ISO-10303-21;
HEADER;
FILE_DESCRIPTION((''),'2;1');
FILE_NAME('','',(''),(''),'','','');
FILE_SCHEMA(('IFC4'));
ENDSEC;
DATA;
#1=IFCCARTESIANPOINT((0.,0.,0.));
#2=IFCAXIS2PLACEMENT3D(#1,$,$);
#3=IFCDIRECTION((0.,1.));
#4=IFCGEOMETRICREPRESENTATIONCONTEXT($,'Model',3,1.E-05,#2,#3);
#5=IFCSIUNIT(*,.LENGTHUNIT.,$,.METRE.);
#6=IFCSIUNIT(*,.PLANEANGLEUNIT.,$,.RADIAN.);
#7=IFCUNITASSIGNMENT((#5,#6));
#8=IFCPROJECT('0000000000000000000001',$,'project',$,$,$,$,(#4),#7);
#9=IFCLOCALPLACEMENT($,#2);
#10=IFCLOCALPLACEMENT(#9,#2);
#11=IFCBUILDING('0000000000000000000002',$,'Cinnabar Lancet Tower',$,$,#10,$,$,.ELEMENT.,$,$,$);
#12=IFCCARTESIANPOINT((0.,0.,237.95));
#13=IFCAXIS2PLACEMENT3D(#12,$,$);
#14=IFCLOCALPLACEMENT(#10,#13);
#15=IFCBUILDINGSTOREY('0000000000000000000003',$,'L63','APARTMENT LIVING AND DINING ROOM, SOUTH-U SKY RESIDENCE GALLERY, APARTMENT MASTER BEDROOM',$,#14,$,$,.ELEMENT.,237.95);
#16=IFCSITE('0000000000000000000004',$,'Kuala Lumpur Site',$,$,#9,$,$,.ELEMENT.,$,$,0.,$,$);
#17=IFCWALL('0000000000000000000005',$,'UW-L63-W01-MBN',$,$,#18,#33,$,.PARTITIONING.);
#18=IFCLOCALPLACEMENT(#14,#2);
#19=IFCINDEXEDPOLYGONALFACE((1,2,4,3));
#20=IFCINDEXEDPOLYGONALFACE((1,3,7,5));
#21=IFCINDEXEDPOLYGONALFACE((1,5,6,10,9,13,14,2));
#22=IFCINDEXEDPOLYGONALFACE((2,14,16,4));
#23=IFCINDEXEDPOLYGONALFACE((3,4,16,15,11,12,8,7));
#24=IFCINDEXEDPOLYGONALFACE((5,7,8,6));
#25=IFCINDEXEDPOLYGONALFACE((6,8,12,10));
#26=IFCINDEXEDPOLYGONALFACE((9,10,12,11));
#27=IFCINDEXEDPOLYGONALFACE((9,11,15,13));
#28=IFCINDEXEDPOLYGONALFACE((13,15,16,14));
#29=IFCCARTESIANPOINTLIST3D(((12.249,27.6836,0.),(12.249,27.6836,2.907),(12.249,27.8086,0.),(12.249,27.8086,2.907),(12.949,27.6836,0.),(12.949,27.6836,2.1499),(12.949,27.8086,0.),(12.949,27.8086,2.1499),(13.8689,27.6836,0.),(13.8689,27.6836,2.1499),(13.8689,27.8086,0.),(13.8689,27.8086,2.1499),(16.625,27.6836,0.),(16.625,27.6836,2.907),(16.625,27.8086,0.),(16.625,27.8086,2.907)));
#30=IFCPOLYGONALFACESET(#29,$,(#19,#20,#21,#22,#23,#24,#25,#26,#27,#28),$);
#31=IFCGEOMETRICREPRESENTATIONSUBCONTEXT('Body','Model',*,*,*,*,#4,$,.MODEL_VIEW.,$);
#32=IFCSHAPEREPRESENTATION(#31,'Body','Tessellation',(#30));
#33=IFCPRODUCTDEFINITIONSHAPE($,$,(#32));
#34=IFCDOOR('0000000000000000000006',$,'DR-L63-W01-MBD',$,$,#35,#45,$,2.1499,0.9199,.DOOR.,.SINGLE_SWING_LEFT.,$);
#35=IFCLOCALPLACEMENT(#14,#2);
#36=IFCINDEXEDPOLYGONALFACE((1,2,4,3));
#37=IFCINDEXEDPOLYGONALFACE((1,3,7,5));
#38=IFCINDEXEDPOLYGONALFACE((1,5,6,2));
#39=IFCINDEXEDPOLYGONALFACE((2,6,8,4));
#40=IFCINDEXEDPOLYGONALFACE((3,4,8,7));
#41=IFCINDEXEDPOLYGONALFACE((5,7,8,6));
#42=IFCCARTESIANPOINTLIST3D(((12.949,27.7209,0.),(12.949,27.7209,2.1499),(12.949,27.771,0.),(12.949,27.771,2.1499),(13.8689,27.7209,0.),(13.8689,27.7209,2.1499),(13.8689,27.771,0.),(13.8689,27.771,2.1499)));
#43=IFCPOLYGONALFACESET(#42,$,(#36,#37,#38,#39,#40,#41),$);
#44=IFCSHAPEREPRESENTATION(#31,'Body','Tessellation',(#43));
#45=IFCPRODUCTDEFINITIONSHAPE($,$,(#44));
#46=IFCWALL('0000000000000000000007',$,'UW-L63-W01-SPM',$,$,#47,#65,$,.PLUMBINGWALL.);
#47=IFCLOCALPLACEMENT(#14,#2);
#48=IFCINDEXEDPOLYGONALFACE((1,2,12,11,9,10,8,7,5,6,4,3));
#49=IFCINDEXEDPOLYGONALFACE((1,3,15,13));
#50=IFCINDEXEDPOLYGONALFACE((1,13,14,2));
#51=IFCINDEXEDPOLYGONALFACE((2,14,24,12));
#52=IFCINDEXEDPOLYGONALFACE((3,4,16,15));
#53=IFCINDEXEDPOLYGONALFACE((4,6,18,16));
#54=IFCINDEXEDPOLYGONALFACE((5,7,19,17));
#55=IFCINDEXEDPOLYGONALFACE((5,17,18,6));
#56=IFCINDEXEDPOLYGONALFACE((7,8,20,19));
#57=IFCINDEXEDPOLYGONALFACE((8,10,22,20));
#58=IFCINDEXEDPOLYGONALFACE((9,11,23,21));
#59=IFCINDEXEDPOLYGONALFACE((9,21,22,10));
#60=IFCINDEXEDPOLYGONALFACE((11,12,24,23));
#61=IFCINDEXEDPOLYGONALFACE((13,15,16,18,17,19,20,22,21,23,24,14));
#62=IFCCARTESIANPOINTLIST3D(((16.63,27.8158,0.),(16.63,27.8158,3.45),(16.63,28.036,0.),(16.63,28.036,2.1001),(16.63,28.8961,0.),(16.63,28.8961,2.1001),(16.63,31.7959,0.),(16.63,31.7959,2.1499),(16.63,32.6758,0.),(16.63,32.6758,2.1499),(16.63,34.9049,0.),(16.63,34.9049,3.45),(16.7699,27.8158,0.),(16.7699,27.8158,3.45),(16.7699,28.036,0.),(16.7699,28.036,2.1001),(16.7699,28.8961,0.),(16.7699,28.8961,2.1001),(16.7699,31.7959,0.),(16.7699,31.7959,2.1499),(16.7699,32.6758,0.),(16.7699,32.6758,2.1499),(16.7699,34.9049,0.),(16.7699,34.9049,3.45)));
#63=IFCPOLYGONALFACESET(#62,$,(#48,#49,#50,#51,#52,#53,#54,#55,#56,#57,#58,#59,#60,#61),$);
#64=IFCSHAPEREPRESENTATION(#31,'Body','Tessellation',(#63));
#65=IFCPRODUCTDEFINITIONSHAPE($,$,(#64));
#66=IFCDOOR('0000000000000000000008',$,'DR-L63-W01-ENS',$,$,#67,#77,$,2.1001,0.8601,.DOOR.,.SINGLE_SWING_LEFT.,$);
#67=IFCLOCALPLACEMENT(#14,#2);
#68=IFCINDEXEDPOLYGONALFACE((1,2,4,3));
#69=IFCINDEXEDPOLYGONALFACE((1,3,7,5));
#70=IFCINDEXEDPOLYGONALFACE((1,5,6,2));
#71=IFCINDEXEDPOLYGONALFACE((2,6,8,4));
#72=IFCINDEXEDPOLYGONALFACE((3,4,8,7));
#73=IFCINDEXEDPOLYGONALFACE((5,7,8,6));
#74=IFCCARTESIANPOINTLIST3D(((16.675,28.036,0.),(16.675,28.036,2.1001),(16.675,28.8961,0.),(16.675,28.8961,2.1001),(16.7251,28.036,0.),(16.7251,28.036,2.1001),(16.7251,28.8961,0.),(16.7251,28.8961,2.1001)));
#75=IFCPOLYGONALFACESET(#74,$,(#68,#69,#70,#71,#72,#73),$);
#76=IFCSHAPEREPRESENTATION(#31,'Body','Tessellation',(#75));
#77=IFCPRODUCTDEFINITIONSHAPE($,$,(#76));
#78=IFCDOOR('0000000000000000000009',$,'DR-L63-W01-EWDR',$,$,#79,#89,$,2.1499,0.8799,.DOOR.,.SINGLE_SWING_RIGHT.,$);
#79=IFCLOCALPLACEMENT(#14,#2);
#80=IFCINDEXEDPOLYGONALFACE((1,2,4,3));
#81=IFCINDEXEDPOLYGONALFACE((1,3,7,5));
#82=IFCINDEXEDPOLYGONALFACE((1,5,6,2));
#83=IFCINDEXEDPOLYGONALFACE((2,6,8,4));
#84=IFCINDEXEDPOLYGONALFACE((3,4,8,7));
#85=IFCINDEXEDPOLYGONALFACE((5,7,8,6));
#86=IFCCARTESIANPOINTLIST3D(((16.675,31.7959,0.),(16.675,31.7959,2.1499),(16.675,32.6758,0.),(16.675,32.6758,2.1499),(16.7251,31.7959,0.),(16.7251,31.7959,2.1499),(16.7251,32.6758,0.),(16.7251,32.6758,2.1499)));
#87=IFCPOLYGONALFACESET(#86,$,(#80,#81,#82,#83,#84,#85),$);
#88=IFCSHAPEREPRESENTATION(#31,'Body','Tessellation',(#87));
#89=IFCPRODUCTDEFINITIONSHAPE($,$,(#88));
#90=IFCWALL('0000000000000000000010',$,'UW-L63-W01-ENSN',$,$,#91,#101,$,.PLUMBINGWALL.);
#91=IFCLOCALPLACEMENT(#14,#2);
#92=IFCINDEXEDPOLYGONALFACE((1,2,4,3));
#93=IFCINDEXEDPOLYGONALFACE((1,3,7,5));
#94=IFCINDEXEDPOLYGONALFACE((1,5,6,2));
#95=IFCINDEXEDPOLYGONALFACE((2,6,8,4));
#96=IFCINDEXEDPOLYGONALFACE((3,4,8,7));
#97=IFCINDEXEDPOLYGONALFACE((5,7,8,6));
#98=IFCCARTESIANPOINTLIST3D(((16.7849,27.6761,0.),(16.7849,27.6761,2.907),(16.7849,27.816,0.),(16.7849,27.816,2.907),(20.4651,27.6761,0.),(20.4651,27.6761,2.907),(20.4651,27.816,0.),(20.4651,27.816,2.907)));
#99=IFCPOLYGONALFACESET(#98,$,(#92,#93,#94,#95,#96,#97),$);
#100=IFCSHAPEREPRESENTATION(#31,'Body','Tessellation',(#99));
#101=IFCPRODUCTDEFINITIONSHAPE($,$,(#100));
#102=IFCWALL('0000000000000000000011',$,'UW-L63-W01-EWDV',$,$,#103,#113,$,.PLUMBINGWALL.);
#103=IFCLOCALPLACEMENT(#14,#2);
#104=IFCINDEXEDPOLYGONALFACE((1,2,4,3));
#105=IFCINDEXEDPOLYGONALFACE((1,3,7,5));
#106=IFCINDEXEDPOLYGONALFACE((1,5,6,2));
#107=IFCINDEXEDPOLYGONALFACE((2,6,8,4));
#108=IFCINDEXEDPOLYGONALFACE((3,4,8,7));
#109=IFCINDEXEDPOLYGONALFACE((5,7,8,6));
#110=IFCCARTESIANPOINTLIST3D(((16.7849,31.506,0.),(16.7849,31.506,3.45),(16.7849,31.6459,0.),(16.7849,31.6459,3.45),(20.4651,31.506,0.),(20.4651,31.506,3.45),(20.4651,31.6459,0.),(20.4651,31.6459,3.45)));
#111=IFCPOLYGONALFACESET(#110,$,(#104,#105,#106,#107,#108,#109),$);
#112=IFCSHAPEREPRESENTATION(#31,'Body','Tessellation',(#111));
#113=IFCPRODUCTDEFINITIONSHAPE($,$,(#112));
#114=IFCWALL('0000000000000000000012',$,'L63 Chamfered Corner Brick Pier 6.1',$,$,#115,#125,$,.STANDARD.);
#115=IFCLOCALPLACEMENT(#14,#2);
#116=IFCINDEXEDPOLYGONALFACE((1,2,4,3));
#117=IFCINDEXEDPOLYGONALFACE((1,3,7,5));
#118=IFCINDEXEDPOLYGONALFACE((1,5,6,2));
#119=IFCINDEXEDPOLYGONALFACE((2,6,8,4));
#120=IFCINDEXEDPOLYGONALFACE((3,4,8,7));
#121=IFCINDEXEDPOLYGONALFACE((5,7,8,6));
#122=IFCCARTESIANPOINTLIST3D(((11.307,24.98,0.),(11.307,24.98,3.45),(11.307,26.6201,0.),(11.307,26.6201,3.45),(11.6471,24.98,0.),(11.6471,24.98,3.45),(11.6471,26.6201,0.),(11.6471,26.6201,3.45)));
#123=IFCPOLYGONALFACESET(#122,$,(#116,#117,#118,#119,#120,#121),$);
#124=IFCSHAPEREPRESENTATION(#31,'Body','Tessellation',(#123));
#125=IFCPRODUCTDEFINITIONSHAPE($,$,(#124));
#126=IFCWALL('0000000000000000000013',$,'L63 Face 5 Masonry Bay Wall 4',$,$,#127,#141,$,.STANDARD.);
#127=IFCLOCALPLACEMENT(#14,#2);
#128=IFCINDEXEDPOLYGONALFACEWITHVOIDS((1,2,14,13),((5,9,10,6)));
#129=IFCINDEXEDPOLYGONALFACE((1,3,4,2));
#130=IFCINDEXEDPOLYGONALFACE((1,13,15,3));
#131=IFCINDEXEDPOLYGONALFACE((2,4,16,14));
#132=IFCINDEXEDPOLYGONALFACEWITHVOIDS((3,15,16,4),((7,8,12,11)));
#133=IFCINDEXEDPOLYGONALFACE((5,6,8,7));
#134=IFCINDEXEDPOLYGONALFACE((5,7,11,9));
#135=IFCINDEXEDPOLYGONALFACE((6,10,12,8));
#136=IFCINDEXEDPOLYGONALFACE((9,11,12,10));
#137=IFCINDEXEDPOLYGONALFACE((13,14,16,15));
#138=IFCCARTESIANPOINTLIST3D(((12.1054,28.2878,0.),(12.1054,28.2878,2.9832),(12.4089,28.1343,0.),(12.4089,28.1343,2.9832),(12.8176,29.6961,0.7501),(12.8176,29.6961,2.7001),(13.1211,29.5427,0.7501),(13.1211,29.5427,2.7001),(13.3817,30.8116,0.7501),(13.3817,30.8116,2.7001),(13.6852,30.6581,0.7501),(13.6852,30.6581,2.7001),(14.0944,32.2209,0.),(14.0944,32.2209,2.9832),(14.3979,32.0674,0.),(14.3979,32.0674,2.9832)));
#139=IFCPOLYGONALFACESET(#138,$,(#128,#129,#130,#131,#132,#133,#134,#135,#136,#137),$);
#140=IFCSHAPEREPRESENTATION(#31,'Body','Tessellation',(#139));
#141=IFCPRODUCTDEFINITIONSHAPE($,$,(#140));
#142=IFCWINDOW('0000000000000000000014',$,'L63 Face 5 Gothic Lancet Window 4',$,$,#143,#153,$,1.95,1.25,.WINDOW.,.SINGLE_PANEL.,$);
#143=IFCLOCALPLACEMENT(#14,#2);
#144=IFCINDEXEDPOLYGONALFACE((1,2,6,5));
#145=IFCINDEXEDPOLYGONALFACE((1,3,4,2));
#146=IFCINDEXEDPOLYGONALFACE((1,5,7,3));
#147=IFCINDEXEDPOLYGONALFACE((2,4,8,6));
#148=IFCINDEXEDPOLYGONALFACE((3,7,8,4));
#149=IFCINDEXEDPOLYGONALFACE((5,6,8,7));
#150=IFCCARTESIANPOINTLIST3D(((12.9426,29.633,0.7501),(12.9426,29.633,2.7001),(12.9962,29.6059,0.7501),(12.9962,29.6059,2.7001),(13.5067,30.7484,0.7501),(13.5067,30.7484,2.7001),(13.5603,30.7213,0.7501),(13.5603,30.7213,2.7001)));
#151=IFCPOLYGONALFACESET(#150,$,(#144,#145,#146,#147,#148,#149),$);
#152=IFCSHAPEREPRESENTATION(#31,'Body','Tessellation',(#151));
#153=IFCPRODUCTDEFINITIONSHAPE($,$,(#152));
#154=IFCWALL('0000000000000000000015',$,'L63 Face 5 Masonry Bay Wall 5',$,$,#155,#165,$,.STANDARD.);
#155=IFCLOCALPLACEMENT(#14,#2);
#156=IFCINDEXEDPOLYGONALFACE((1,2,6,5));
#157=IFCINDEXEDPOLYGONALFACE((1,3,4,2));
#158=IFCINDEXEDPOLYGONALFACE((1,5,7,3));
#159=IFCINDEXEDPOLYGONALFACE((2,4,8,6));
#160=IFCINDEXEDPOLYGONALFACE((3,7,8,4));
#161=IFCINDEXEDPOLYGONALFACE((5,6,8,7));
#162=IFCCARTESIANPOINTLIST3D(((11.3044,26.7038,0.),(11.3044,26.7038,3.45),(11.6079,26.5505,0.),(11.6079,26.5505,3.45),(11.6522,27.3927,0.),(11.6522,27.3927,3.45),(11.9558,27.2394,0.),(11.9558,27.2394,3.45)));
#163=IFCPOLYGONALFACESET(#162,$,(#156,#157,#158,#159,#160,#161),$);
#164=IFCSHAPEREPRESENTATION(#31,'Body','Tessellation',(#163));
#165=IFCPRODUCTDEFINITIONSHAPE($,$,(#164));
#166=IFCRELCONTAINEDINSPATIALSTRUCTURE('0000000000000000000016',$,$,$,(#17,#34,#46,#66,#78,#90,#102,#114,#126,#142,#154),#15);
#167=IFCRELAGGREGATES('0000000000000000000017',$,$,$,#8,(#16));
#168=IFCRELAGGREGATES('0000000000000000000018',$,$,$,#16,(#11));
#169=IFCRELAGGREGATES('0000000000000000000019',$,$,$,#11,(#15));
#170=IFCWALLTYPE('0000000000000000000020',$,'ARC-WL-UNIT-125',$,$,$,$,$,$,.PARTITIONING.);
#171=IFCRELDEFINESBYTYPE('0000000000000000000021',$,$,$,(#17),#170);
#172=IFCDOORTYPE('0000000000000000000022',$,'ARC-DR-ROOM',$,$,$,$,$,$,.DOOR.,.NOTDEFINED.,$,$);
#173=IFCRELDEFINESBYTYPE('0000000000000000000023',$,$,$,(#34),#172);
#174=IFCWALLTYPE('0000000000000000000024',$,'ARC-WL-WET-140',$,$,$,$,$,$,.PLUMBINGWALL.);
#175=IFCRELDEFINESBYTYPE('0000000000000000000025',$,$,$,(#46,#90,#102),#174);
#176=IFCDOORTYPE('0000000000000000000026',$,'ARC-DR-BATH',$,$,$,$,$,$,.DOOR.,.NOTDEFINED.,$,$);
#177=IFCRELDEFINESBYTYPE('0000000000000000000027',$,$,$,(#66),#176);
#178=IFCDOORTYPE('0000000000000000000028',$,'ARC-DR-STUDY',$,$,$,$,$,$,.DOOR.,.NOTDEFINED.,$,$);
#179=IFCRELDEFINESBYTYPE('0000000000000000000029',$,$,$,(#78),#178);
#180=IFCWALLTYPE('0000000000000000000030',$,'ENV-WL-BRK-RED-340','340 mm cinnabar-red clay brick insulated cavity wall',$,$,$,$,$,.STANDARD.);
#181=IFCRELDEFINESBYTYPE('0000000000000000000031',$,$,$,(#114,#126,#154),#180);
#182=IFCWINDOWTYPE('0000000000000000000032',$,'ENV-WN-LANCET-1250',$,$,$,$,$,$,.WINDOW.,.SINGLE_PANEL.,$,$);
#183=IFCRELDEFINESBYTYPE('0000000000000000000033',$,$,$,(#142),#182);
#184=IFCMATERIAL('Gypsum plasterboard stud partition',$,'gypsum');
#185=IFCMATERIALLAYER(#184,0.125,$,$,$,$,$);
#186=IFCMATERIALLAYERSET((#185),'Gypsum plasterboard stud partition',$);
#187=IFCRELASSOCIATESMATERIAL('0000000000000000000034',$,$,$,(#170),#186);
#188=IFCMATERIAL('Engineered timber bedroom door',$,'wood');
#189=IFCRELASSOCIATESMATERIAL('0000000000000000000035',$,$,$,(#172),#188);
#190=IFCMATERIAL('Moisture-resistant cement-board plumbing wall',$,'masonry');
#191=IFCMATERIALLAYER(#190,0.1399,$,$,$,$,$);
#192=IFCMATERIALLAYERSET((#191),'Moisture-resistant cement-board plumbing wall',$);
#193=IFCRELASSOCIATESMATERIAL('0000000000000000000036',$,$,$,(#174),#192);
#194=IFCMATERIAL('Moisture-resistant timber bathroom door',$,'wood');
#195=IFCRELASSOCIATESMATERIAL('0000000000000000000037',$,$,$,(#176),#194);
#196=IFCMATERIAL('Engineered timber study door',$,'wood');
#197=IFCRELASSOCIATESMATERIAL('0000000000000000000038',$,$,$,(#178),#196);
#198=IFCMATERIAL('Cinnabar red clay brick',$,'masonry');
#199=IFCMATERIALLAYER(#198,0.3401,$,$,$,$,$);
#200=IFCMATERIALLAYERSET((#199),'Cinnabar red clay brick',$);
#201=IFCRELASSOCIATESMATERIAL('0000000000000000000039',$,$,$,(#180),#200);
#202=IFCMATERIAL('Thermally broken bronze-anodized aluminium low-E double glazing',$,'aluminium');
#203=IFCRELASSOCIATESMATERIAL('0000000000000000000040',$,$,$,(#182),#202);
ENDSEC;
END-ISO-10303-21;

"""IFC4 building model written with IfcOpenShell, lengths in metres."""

from ifc_helpers import new_model, si_unit, direction, frame, frame_2d, origin, place, context, subcontext, project, spatial, rectangle, extrude, material, layer, layer_set, type_object, element, fill, save


model = new_model("IFC4")

# Units and contexts
model_context = context("Model", 3, precision=1e-05, world=origin(), true_north=direction((0.0, 1.0)))
body_context = subcontext(model_context, "Body", "Model", "MODEL_VIEW")
ifc_project = project(units=[si_unit("LENGTHUNIT", "METRE"), si_unit("PLANEANGLEUNIT", "RADIAN")], contexts=[model_context])

# Site, building, storey
site_placement = place(None, origin())
site = spatial("IfcSite", under=ifc_project, at=site_placement, Name="Kuala Lumpur Site", CompositionType="ELEMENT", RefElevation=0.0)
building_placement = place(site_placement, origin())
building = spatial("IfcBuilding", under=site, at=building_placement, Name="Cinnabar Lancet Tower", CompositionType="ELEMENT")
storey_placement = place(building_placement, frame((0.0, 0.0, 237.95)))
storey = spatial("IfcBuildingStorey", under=building, at=storey_placement, Name="L63", Description="APARTMENT LIVING AND DINING ROOM, SOUTH-U SKY RESIDENCE GALLERY, APARTMENT MASTER BEDROOM", CompositionType="ELEMENT", Elevation=237.95)

# Wall, opening, door
ifc_material_1 = material(Name="Gypsum plasterboard stud partition", Category="gypsum")
ifc_layer_1 = layer(ifc_material_1, 0.125)
ifc_layer_set_1 = layer_set([ifc_layer_1], Name="Gypsum plasterboard stud partition")
wall_type_1 = type_object("IfcWallType", Name="ARC-WL-UNIT-125", PredefinedType="PARTITIONING", material=ifc_layer_set_1)
wall_1_placement = place(storey_placement, frame((12.249, 27.7461, 0.0), z_axis=(0.0, 0.0, 1.0), x_axis=(1.0, 0.0, 0.0)))
wall_1 = element("IfcWall", 1, at=wall_1_placement, inside=storey, type_object=wall_type_1, Name="UW-L63-W01-MBN", PredefinedType="PARTITIONING", context=body_context, shape_type="SweptSolid", body=[
    extrude(rectangle(XDim=4.376, YDim=0.125, at=frame_2d((2.188, 0.0))), origin(), (0.0, 0.0, 1.0), 2.907),
])
opening_1_placement = place(wall_1_placement, frame((0.7, 0.0, 0.0)))
opening_1 = element("IfcOpeningElement", 2, at=opening_1_placement, cuts=wall_1, PredefinedType="OPENING", context=body_context, shape_type="SweptSolid", body=[
    extrude(rectangle(XDim=0.9199, YDim=2.1499, at=frame_2d((0.46, 1.075))), frame((0.0, 0.0725, 0.0), z_axis=(0.0, -1.0, 0.0), x_axis=(1.0, 0.0, 0.0)), (0.0, 0.0, 1.0), 0.145),
])
ifc_material_2 = material(Name="Engineered timber bedroom door", Category="wood")
door_type_1 = type_object("IfcDoorType", Name="ARC-DR-ROOM", OperationType="NOTDEFINED", PredefinedType="DOOR", material=ifc_material_2)
door_1_placement = place(opening_1_placement, origin())
door_1 = element("IfcDoor", 3, at=door_1_placement, inside=storey, type_object=door_type_1, Name="DR-L63-W01-MBD", OperationType="SINGLE_SWING_LEFT", OverallHeight=2.1499, OverallWidth=0.9199, PredefinedType="DOOR", context=body_context, shape_type="SweptSolid", body=[
    extrude(rectangle(XDim=0.9199, YDim=2.1499, at=frame_2d((0.46, 1.075))), frame((0.0, 0.0249, 0.0), z_axis=(0.0, -1.0, 0.0), x_axis=(1.0, 0.0, 0.0)), (0.0, 0.0, 1.0), 0.05),
])
fill(opening_1, door_1)

# Wall, openings, doors
ifc_material_3 = material(Name="Moisture-resistant cement-board plumbing wall", Category="masonry")
ifc_layer_2 = layer(ifc_material_3, 0.1399)
ifc_layer_set_2 = layer_set([ifc_layer_2], Name="Moisture-resistant cement-board plumbing wall")
wall_type_2 = type_object("IfcWallType", Name="ARC-WL-WET-140", PredefinedType="PLUMBINGWALL", material=ifc_layer_set_2)
wall_2_placement = place(storey_placement, frame((16.7, 27.8159, 0.0), z_axis=(0.0, 0.0, 1.0), x_axis=(0.0, 1.0, 0.0)))
wall_2 = element("IfcWall", 4, at=wall_2_placement, inside=storey, type_object=wall_type_2, Name="UW-L63-W01-SPM", PredefinedType="PLUMBINGWALL", context=body_context, shape_type="SweptSolid", body=[
    extrude(rectangle(XDim=7.0891, YDim=0.1399, at=frame_2d((3.5444, 0.0))), origin(), (0.0, 0.0, 1.0), 3.45),
])
opening_2_placement = place(wall_2_placement, frame((0.22, 0.0, 0.0)))
opening_2 = element("IfcOpeningElement", 5, at=opening_2_placement, cuts=wall_2, PredefinedType="OPENING", context=body_context, shape_type="SweptSolid", body=[
    extrude(rectangle(XDim=0.8601, YDim=2.1001, at=frame_2d((0.4302, 1.05))), frame((0.0, 0.0798, 0.0), z_axis=(0.0, -1.0, 0.0), x_axis=(1.0, 0.0, 0.0)), (0.0, 0.0, 1.0), 0.1599),
])
opening_3_placement = place(wall_2_placement, frame((3.98, 0.0, 0.0)))
opening_3 = element("IfcOpeningElement", 6, at=opening_3_placement, cuts=wall_2, PredefinedType="OPENING", context=body_context, shape_type="SweptSolid", body=[
    extrude(rectangle(XDim=0.8799, YDim=2.1499, at=frame_2d((0.4399, 1.075))), frame((0.0, 0.0798, 0.0), z_axis=(0.0, -1.0, 0.0), x_axis=(1.0, 0.0, 0.0)), (0.0, 0.0, 1.0), 0.1599),
])
ifc_material_4 = material(Name="Moisture-resistant timber bathroom door", Category="wood")
door_type_2 = type_object("IfcDoorType", Name="ARC-DR-BATH", OperationType="NOTDEFINED", PredefinedType="DOOR", material=ifc_material_4)
door_2_placement = place(opening_2_placement, origin())
door_2 = element("IfcDoor", 7, at=door_2_placement, inside=storey, type_object=door_type_2, Name="DR-L63-W01-ENS", OperationType="SINGLE_SWING_LEFT", OverallHeight=2.1001, OverallWidth=0.8601, PredefinedType="DOOR", context=body_context, shape_type="SweptSolid", body=[
    extrude(rectangle(XDim=0.8601, YDim=2.1001, at=frame_2d((0.4302, 1.05))), frame((0.0, 0.0249, 0.0), z_axis=(0.0, -1.0, 0.0), x_axis=(1.0, 0.0, 0.0)), (0.0, 0.0, 1.0), 0.05),
])
fill(opening_2, door_2)
ifc_material_5 = material(Name="Engineered timber study door", Category="wood")
door_type_3 = type_object("IfcDoorType", Name="ARC-DR-STUDY", OperationType="NOTDEFINED", PredefinedType="DOOR", material=ifc_material_5)
door_3_placement = place(opening_3_placement, origin())
door_3 = element("IfcDoor", 8, at=door_3_placement, inside=storey, type_object=door_type_3, Name="DR-L63-W01-EWDR", OperationType="SINGLE_SWING_RIGHT", OverallHeight=2.1499, OverallWidth=0.8799, PredefinedType="DOOR", context=body_context, shape_type="SweptSolid", body=[
    extrude(rectangle(XDim=0.8799, YDim=2.1499, at=frame_2d((0.4399, 1.075))), frame((0.0, 0.0249, 0.0), z_axis=(0.0, -1.0, 0.0), x_axis=(1.0, 0.0, 0.0)), (0.0, 0.0, 1.0), 0.05),
])
fill(opening_3, door_3)

# Walls
wall_3_placement = place(storey_placement, frame((16.7849, 27.7461, 0.0), z_axis=(0.0, 0.0, 1.0), x_axis=(1.0, 0.0, 0.0)))
element("IfcWall", 9, at=wall_3_placement, inside=storey, type_object=wall_type_2, Name="UW-L63-W01-ENSN", PredefinedType="PLUMBINGWALL", context=body_context, shape_type="SweptSolid", body=[
    extrude(rectangle(XDim=3.6802, YDim=0.1399, at=frame_2d((1.8401, 0.0))), origin(), (0.0, 0.0, 1.0), 2.907),
])
wall_4_placement = place(storey_placement, frame((16.7849, 31.5759, 0.0), z_axis=(0.0, 0.0, 1.0), x_axis=(1.0, 0.0, 0.0)))
element("IfcWall", 10, at=wall_4_placement, inside=storey, type_object=wall_type_2, Name="UW-L63-W01-EWDV", PredefinedType="PLUMBINGWALL", context=body_context, shape_type="SweptSolid", body=[
    extrude(rectangle(XDim=3.6802, YDim=0.1399, at=frame_2d((1.8401, 0.0))), origin(), (0.0, 0.0, 1.0), 3.45),
])
ifc_material_6 = material(Name="Cinnabar red clay brick", Category="masonry")
ifc_layer_3 = layer(ifc_material_6, 0.3401)
ifc_layer_set_3 = layer_set([ifc_layer_3], Name="Cinnabar red clay brick")
wall_type_3 = type_object("IfcWallType", Name="ENV-WL-BRK-RED-340", Description="340 mm cinnabar-red clay brick insulated cavity wall", PredefinedType="STANDARD", material=ifc_layer_set_3)
wall_5_placement = place(storey_placement, frame((11.4771, 26.6201, 0.0), z_axis=(0.0, 0.0, 1.0), x_axis=(0.0, -1.0, 0.0)))
element("IfcWall", 11, at=wall_5_placement, inside=storey, type_object=wall_type_3, Name="L63 Chamfered Corner Brick Pier 6.1", PredefinedType="STANDARD", context=body_context, shape_type="SweptSolid", body=[
    extrude(rectangle(XDim=1.6401, YDim=0.3401, at=frame_2d((0.8201, 0.0))), origin(), (0.0, 0.0, 1.0), 3.45),
])

# Wall, opening, window
wall_6_placement = place(storey_placement, frame((14.2461, 32.144, 0.0), z_axis=(0.0, 0.0, 1.0), x_axis=(-0.451286, -0.892379, 0.0)))
wall_6 = element("IfcWall", 12, at=wall_6_placement, inside=storey, type_object=wall_type_3, Name="L63 Face 5 Masonry Bay Wall 4", PredefinedType="STANDARD", context=body_context, shape_type="SweptSolid", body=[
    extrude(rectangle(XDim=4.4075, YDim=0.3401, at=frame_2d((2.2036, 0.0))), origin(), (0.0, 0.0, 1.0), 2.9832),
])
opening_4_placement = place(wall_6_placement, frame((1.5791, 0.0, 0.75)))
opening_4 = element("IfcOpeningElement", 13, at=opening_4_placement, cuts=wall_6, PredefinedType="OPENING", context=body_context, shape_type="SweptSolid", body=[
    extrude(rectangle(XDim=1.25, YDim=1.95, at=frame_2d((0.625, 0.9751))), frame((0.0, 0.1799, 0.0), z_axis=(0.0, -1.0, 0.0), x_axis=(1.0, 0.0, 0.0)), (0.0, 0.0, 1.0), 0.3601),
])
ifc_material_7 = material(Name="Thermally broken bronze-anodized aluminium low-E double glazing", Category="aluminium")
window_type = type_object("IfcWindowType", Name="ENV-WN-LANCET-1250", PartitioningType="SINGLE_PANEL", PredefinedType="WINDOW", material=ifc_material_7)
window_placement = place(opening_4_placement, origin())
window = element("IfcWindow", 14, at=window_placement, inside=storey, type_object=window_type, Name="L63 Face 5 Gothic Lancet Window 4", OverallHeight=1.95, OverallWidth=1.25, PartitioningType="SINGLE_PANEL", PredefinedType="WINDOW", context=body_context, shape_type="SweptSolid", body=[
    extrude(rectangle(XDim=1.25, YDim=1.95, at=frame_2d((0.625, 0.9751))), frame((0.0, 0.03, 0.0), z_axis=(0.0, -1.0, 0.0), x_axis=(1.0, 0.0, 0.0)), (0.0, 0.0, 1.0), 0.0601),
])
fill(opening_4, window)

# Wall
for number, where, z_axis, x_axis, name in (
    (15, (11.804, 27.3159, 0.0), (0.0, 0.0, 1.0), (-0.450753, -0.892649, 0.0), "L63 Face 5 Masonry Bay Wall 5"),
):
    element("IfcWall", number, at=place(storey_placement, frame(where, z_axis=z_axis, x_axis=x_axis)), inside=storey, type_object=wall_type_3, Name=name, PredefinedType="STANDARD", context=body_context, shape_type="SweptSolid", body=[
        extrude(rectangle(XDim=0.7717, YDim=0.3401, at=frame_2d((0.3857, 0.0))), origin(), (0.0, 0.0, 1.0), 3.45),
    ])

save(model, "model.ifc")
